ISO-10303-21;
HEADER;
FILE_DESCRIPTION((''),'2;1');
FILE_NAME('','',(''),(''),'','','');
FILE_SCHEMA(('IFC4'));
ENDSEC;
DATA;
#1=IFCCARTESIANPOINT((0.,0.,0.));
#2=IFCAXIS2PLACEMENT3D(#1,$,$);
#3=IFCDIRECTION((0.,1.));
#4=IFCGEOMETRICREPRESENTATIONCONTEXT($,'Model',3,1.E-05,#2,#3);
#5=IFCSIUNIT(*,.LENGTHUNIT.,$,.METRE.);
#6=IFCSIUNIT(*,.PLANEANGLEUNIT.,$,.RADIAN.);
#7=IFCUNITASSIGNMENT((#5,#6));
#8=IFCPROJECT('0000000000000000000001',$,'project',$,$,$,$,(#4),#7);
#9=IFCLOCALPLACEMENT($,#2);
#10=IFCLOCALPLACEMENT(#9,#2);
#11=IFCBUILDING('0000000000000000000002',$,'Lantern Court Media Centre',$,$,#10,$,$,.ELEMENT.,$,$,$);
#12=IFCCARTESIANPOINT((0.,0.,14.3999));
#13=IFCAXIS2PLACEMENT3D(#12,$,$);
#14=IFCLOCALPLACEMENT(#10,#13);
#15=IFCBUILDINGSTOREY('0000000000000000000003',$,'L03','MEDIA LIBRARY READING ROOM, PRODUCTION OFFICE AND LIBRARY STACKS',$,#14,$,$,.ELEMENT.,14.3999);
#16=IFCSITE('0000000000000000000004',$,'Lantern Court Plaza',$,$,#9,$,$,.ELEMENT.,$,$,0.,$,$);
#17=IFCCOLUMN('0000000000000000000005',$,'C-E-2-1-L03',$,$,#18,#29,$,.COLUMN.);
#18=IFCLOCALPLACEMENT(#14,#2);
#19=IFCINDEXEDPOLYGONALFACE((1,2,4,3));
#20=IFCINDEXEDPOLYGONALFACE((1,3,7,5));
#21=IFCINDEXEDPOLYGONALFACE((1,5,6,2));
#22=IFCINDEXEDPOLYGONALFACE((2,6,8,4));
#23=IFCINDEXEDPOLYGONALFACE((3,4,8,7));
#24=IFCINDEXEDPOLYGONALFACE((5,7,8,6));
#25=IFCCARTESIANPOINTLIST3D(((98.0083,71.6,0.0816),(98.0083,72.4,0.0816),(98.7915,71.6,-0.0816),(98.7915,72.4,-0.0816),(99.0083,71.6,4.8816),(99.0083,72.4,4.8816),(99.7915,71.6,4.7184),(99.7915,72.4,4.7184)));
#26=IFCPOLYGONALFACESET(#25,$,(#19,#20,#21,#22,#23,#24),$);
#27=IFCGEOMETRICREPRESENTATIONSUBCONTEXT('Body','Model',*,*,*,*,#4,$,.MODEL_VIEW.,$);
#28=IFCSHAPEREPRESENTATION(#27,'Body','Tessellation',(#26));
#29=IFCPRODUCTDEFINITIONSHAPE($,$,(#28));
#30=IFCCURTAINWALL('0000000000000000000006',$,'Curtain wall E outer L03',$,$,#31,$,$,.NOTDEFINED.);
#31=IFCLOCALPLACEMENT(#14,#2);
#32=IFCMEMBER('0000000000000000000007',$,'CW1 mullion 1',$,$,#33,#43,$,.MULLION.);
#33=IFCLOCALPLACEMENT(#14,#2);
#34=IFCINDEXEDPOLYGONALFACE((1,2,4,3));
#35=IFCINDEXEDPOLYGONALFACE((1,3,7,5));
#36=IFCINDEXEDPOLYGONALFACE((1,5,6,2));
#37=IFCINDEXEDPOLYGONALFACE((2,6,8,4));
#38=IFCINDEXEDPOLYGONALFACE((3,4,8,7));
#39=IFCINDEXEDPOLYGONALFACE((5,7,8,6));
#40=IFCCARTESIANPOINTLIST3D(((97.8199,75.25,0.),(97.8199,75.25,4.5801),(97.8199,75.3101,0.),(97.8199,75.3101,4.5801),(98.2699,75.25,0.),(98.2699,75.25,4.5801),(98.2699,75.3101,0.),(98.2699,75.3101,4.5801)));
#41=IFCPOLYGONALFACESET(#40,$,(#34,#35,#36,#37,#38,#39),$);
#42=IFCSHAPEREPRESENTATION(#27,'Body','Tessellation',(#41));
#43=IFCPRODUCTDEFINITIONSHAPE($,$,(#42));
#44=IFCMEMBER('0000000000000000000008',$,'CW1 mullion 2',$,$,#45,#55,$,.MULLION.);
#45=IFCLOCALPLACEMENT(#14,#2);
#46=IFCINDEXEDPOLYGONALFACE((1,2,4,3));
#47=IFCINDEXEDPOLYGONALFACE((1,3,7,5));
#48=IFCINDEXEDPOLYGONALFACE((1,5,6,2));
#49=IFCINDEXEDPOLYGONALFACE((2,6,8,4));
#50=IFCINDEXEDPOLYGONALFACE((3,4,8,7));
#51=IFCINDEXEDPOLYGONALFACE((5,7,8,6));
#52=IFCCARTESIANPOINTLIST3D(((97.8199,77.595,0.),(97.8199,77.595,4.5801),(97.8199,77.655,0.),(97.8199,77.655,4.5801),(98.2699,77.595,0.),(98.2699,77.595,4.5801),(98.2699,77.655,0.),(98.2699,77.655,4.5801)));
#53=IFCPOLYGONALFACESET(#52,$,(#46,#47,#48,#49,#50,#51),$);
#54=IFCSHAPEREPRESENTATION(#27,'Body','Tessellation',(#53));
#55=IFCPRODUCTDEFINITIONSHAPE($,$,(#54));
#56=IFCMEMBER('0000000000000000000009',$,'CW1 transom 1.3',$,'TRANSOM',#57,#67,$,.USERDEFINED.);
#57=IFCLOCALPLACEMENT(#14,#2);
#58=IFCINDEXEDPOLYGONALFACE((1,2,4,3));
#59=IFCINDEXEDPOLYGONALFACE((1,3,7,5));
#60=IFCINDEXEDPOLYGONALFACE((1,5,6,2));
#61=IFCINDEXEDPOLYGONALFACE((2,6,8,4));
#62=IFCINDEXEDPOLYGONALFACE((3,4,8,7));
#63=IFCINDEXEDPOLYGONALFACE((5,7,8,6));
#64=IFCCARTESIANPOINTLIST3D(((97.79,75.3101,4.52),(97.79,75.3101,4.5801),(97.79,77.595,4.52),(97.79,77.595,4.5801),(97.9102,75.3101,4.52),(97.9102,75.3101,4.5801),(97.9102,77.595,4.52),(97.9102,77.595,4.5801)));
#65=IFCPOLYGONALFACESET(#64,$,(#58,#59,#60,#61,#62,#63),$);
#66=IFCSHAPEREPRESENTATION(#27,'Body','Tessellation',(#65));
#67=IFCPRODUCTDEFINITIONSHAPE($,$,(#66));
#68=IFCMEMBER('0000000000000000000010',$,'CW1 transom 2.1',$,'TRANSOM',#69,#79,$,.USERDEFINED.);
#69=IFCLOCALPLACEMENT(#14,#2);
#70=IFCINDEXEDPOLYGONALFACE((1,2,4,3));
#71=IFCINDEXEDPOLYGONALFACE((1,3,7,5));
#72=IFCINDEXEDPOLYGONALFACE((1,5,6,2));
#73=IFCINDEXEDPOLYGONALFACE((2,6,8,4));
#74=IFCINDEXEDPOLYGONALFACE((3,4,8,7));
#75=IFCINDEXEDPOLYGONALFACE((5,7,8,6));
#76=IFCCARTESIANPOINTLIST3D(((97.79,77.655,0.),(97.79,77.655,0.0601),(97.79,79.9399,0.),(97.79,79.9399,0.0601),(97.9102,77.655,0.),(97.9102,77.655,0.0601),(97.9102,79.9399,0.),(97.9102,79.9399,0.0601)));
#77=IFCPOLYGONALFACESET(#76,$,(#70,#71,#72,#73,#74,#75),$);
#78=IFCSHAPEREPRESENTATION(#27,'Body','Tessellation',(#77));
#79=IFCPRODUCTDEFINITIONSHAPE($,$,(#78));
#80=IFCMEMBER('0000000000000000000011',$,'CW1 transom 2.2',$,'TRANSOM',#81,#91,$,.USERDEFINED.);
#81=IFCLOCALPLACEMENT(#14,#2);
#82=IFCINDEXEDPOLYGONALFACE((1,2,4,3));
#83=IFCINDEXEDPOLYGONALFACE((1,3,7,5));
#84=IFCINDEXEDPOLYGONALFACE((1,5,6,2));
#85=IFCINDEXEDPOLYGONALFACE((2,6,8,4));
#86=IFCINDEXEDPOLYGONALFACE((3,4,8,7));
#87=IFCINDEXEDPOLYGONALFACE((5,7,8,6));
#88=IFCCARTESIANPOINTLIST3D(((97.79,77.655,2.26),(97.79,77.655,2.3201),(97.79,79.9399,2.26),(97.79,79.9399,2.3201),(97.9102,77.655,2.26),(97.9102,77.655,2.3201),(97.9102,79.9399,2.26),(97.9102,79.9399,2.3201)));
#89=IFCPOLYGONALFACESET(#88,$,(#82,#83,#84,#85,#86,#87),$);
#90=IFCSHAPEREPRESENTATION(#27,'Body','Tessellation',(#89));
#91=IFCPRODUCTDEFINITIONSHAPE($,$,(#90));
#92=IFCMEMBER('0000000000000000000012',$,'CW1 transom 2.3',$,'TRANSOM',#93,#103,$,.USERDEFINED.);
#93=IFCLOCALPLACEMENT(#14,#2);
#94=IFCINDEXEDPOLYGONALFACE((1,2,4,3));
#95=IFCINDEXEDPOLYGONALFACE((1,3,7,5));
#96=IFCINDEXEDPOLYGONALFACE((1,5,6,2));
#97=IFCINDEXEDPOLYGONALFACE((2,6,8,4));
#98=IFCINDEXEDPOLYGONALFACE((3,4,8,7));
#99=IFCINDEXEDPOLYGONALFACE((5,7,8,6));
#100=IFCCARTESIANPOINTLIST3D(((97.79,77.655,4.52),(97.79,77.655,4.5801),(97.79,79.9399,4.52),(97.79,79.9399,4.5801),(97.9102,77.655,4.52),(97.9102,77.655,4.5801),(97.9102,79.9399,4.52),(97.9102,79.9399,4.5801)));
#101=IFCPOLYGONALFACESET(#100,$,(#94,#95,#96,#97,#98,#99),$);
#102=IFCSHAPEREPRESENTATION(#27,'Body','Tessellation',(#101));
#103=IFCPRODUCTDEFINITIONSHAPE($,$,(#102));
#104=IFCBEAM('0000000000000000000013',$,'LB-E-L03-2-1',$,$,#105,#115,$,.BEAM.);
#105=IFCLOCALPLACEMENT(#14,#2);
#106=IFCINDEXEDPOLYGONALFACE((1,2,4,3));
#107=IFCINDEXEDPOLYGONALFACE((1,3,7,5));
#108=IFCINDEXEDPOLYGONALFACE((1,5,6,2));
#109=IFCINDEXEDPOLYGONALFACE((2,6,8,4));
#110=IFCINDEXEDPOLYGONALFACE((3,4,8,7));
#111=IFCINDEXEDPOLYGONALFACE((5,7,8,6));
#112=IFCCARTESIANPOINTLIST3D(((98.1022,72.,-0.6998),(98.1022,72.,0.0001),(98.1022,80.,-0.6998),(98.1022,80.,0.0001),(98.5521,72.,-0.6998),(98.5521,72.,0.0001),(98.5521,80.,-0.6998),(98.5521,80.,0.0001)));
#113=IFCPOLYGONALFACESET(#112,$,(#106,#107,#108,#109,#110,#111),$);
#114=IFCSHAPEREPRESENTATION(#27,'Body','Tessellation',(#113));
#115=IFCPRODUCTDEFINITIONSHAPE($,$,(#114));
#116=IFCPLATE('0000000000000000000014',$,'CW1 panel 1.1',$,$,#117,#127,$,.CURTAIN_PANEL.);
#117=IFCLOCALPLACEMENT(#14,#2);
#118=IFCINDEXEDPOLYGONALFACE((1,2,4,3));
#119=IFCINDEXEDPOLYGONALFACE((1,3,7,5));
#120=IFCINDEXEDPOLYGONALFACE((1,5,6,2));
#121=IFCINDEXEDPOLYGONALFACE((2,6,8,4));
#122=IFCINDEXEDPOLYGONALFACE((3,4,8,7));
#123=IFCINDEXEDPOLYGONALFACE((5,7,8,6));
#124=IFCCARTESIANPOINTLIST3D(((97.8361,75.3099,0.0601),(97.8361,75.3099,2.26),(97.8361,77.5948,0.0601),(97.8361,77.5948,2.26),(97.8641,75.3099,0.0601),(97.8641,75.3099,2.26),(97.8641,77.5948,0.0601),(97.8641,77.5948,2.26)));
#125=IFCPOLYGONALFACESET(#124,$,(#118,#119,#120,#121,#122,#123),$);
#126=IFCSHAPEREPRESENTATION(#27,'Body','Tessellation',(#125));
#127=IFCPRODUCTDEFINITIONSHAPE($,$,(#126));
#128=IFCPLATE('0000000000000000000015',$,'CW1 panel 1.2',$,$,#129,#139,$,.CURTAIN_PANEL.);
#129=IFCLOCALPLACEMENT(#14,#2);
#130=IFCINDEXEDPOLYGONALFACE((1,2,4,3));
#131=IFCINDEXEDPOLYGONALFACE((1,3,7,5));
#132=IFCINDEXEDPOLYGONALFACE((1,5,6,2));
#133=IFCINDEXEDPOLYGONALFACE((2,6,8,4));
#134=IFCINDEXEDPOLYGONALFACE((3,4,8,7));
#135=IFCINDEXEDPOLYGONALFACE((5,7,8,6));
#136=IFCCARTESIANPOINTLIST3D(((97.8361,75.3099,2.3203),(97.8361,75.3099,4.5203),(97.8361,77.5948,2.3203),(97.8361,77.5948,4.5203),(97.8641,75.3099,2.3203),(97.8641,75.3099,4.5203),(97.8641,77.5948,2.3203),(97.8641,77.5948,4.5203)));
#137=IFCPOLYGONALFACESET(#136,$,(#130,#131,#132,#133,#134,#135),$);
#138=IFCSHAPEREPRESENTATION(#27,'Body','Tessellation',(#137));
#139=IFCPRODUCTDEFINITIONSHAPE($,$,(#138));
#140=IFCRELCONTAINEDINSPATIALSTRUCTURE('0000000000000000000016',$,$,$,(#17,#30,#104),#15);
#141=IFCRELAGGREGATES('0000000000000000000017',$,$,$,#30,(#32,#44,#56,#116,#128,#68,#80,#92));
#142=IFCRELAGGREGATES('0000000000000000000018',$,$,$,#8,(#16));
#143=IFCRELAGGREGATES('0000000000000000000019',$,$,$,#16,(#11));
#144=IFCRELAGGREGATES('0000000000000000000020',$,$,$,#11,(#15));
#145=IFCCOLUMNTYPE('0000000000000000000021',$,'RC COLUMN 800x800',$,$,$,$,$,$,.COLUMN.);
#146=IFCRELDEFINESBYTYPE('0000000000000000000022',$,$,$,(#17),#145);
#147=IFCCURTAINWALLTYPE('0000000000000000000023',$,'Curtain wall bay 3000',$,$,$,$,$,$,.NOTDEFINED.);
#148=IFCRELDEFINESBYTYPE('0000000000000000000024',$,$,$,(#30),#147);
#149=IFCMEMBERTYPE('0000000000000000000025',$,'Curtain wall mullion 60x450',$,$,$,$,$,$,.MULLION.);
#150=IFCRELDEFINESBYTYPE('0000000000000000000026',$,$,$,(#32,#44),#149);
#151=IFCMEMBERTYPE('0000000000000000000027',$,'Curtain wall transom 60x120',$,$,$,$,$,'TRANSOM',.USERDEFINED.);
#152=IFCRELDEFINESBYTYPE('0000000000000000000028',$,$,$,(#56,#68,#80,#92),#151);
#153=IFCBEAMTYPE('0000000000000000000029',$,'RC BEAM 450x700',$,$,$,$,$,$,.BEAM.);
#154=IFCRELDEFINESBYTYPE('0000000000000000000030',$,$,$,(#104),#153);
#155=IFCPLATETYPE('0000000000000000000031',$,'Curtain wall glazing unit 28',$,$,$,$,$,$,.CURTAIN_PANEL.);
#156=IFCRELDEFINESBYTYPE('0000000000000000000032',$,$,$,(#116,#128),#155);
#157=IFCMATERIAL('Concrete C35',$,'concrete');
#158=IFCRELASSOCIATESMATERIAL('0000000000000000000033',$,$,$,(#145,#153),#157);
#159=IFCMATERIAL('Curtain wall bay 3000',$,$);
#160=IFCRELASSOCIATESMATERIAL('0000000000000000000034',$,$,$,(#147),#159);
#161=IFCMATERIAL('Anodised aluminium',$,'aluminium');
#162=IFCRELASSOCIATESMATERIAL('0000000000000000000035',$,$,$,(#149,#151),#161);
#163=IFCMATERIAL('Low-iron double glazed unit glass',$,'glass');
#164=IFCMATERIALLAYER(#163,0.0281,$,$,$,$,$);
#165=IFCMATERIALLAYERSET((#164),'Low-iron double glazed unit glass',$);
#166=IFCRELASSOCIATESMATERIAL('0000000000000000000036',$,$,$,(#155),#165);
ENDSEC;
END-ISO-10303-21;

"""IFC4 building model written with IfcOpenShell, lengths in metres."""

from ifc_helpers import new_model, si_unit, direction, frame, origin, origin_2d, place, context, subcontext, project, spatial, rectangle, extrude, material, layer, layer_set, material_profile, profile_set, type_object, element, aggregate, save


model = new_model("IFC4")

# Units and contexts
model_context = context("Model", 3, precision=1e-05, world=origin(), true_north=direction((0.0, 1.0)))
body_context = subcontext(model_context, "Body", "Model", "MODEL_VIEW")
ifc_project = project(units=[si_unit("LENGTHUNIT", "METRE"), si_unit("PLANEANGLEUNIT", "RADIAN")], contexts=[model_context])

# Site, building, storey
site_placement = place(None, origin())
site = spatial("IfcSite", under=ifc_project, at=site_placement, Name="Lantern Court Plaza", CompositionType="ELEMENT", RefElevation=0.0)
building_placement = place(site_placement, origin())
building = spatial("IfcBuilding", under=site, at=building_placement, Name="Lantern Court Media Centre", CompositionType="ELEMENT")
storey_placement = place(building_placement, frame((0.0, 0.0, 14.3999)))
storey = spatial("IfcBuildingStorey", under=building, at=storey_placement, Name="L03", Description="MEDIA LIBRARY READING ROOM, PRODUCTION OFFICE AND LIBRARY STACKS", CompositionType="ELEMENT", Elevation=14.3999)

# Column
ifc_material_1 = material(Name="Concrete C35", Category="concrete")
ifc_material_profile_1 = material_profile(ifc_material_1, rectangle(XDim=0.8, YDim=0.8, at=origin_2d()), Name="RC 800x800")
ifc_profile_set_1 = profile_set([ifc_material_profile_1], Name="Concrete C35")
column_type = type_object("IfcColumnType", Name="RC COLUMN 800x800", PredefinedType="COLUMN", material=ifc_profile_set_1)
column_placement = place(storey_placement, frame((98.3999, 72.0, 0.0), z_axis=(0.203952, 0.0, 0.978981), x_axis=(0.0, 1.0, 0.0)))
element("IfcColumn", 1, at=column_placement, inside=storey, type_object=column_type, Name="C-E-2-1-L03", PredefinedType="COLUMN", context=body_context, shape_type="SweptSolid", body=[
    extrude(rectangle(XDim=0.8, YDim=0.8, at=origin_2d()), origin(), (0.0, 0.0, 1.0), 4.9031),
])

# Curtain wall, members
ifc_material_2 = material(Name="Curtain wall bay 3000")
curtain_wall_type = type_object("IfcCurtainWallType", Name="Curtain wall bay 3000", PredefinedType="NOTDEFINED", material=ifc_material_2)
curtain_wall_placement = place(storey_placement, origin())
curtain_wall = element("IfcCurtainWall", 2, at=curtain_wall_placement, inside=storey, type_object=curtain_wall_type, Name="Curtain wall E outer L03", PredefinedType="NOTDEFINED")
ifc_material_3 = material(Name="Anodised aluminium", Category="aluminium")
ifc_material_profile_2 = material_profile(ifc_material_3, rectangle(XDim=0.45, YDim=0.0601, at=origin_2d()), Name="AL 60x450")
ifc_profile_set_2 = profile_set([ifc_material_profile_2], Name="Anodised aluminium")
member_type_1 = type_object("IfcMemberType", Name="Curtain wall mullion 60x450", PredefinedType="MULLION", material=ifc_profile_set_2)
member_1_placement = place(storey_placement, frame((98.0449, 75.28, 0.0), z_axis=(0.0, 0.0, 1.0), x_axis=(-1.0, 0.0, 0.0)))
member_1 = element("IfcMember", 3, at=member_1_placement, type_object=member_type_1, Name="CW1 mullion 1", PredefinedType="MULLION", context=body_context, shape_type="SweptSolid", body=[
    extrude(rectangle(XDim=0.45, YDim=0.0601, at=origin_2d()), origin(), (0.0, 0.0, 1.0), 4.5801),
])
member_2_placement = place(storey_placement, frame((98.0449, 77.625, 0.0), z_axis=(0.0, 0.0, 1.0), x_axis=(-1.0, 0.0, 0.0)))
member_2 = element("IfcMember", 4, at=member_2_placement, type_object=member_type_1, Name="CW1 mullion 2", PredefinedType="MULLION", context=body_context, shape_type="SweptSolid", body=[
    extrude(rectangle(XDim=0.45, YDim=0.0601, at=origin_2d()), origin(), (0.0, 0.0, 1.0), 4.5801),
])
ifc_material_profile_3 = material_profile(ifc_material_3, rectangle(XDim=0.1201, YDim=0.0601, at=origin_2d()), Name="AL 60x120")
ifc_profile_set_3 = profile_set([ifc_material_profile_3], Name="Anodised aluminium")
member_type_2 = type_object("IfcMemberType", Name="Curtain wall transom 60x120", ElementType="TRANSOM", PredefinedType="USERDEFINED", material=ifc_profile_set_3)
member_3_placement = place(storey_placement, frame((97.8501, 75.3101, 4.55), z_axis=(0.0, 1.0, 0.0), x_axis=(-1.0, 0.0, 0.0)))
member_3 = element("IfcMember", 5, at=member_3_placement, type_object=member_type_2, Name="CW1 transom 1.3", ObjectType="TRANSOM", PredefinedType="USERDEFINED", context=body_context, shape_type="SweptSolid", body=[
    extrude(rectangle(XDim=0.1201, YDim=0.0601, at=origin_2d()), origin(), (0.0, 0.0, 1.0), 2.2849),
])
member_4_placement = place(storey_placement, frame((97.8501, 77.655, 0.03), z_axis=(0.0, 1.0, 0.0), x_axis=(-1.0, 0.0, 0.0)))
member_4 = element("IfcMember", 6, at=member_4_placement, type_object=member_type_2, Name="CW1 transom 2.1", ObjectType="TRANSOM", PredefinedType="USERDEFINED", context=body_context, shape_type="SweptSolid", body=[
    extrude(rectangle(XDim=0.1201, YDim=0.0601, at=origin_2d()), origin(), (0.0, 0.0, 1.0), 2.2849),
])
member_5_placement = place(storey_placement, frame((97.8501, 77.655, 2.29), z_axis=(0.0, 1.0, 0.0), x_axis=(-1.0, 0.0, 0.0)))
member_5 = element("IfcMember", 7, at=member_5_placement, type_object=member_type_2, Name="CW1 transom 2.2", ObjectType="TRANSOM", PredefinedType="USERDEFINED", context=body_context, shape_type="SweptSolid", body=[
    extrude(rectangle(XDim=0.1201, YDim=0.0601, at=origin_2d()), origin(), (0.0, 0.0, 1.0), 2.2849),
])
member_6_placement = place(storey_placement, frame((97.8501, 77.655, 4.55), z_axis=(0.0, 1.0, 0.0), x_axis=(-1.0, 0.0, 0.0)))
member_6 = element("IfcMember", 8, at=member_6_placement, type_object=member_type_2, Name="CW1 transom 2.3", ObjectType="TRANSOM", PredefinedType="USERDEFINED", context=body_context, shape_type="SweptSolid", body=[
    extrude(rectangle(XDim=0.1201, YDim=0.0601, at=origin_2d()), origin(), (0.0, 0.0, 1.0), 2.2849),
])

# Beam
ifc_material_profile_4 = material_profile(ifc_material_1, rectangle(XDim=0.45, YDim=0.7, at=origin_2d()), Name="RC 450x700")
ifc_profile_set_4 = profile_set([ifc_material_profile_4], Name="Concrete C35")
beam_type = type_object("IfcBeamType", Name="RC BEAM 450x700", PredefinedType="BEAM", material=ifc_profile_set_4)
beam_placement = place(storey_placement, frame((98.3271, 72.0, -0.3499), z_axis=(0.0, 1.0, 0.0), x_axis=(-1.0, 0.0, 0.0)))
element("IfcBeam", 9, at=beam_placement, inside=storey, type_object=beam_type, Name="LB-E-L03-2-1", PredefinedType="BEAM", context=body_context, shape_type="SweptSolid", body=[
    extrude(rectangle(XDim=0.45, YDim=0.7, at=origin_2d()), origin(), (0.0, 0.0, 1.0), 8.0),
])

# Plates
ifc_material_4 = material(Name="Low-iron double glazed unit glass", Category="glass")
ifc_layer_1 = layer(ifc_material_4, 0.0281)
ifc_layer_set_1 = layer_set([ifc_layer_1], Name="Low-iron double glazed unit glass")
plate_type = type_object("IfcPlateType", Name="Curtain wall glazing unit 28", PredefinedType="CURTAIN_PANEL", material=ifc_layer_set_1)
plate_1_placement = place(storey_placement, frame((97.8501, 76.4524, 0.0601), z_axis=(0.0, 0.0, 1.0), x_axis=(0.0, 1.0, 0.0)))
plate_1 = element("IfcPlate", 10, at=plate_1_placement, type_object=plate_type, Name="CW1 panel 1.1", PredefinedType="CURTAIN_PANEL", context=body_context, shape_type="SweptSolid", body=[
    extrude(rectangle(XDim=2.2849, YDim=0.0281, at=origin_2d()), origin(), (0.0, 0.0, 1.0), 2.2),
])
plate_2_placement = place(storey_placement, frame((97.8501, 76.4524, 2.3203), z_axis=(0.0, 0.0, 1.0), x_axis=(0.0, 1.0, 0.0)))
plate_2 = element("IfcPlate", 11, at=plate_2_placement, type_object=plate_type, Name="CW1 panel 1.2", PredefinedType="CURTAIN_PANEL", context=body_context, shape_type="SweptSolid", body=[
    extrude(rectangle(XDim=2.2849, YDim=0.0281, at=origin_2d()), origin(), (0.0, 0.0, 1.0), 2.2),
])
aggregate(curtain_wall, [member_1, member_2, member_3, plate_1, plate_2, member_4, member_5, member_6])

save(model, "model.ifc")
